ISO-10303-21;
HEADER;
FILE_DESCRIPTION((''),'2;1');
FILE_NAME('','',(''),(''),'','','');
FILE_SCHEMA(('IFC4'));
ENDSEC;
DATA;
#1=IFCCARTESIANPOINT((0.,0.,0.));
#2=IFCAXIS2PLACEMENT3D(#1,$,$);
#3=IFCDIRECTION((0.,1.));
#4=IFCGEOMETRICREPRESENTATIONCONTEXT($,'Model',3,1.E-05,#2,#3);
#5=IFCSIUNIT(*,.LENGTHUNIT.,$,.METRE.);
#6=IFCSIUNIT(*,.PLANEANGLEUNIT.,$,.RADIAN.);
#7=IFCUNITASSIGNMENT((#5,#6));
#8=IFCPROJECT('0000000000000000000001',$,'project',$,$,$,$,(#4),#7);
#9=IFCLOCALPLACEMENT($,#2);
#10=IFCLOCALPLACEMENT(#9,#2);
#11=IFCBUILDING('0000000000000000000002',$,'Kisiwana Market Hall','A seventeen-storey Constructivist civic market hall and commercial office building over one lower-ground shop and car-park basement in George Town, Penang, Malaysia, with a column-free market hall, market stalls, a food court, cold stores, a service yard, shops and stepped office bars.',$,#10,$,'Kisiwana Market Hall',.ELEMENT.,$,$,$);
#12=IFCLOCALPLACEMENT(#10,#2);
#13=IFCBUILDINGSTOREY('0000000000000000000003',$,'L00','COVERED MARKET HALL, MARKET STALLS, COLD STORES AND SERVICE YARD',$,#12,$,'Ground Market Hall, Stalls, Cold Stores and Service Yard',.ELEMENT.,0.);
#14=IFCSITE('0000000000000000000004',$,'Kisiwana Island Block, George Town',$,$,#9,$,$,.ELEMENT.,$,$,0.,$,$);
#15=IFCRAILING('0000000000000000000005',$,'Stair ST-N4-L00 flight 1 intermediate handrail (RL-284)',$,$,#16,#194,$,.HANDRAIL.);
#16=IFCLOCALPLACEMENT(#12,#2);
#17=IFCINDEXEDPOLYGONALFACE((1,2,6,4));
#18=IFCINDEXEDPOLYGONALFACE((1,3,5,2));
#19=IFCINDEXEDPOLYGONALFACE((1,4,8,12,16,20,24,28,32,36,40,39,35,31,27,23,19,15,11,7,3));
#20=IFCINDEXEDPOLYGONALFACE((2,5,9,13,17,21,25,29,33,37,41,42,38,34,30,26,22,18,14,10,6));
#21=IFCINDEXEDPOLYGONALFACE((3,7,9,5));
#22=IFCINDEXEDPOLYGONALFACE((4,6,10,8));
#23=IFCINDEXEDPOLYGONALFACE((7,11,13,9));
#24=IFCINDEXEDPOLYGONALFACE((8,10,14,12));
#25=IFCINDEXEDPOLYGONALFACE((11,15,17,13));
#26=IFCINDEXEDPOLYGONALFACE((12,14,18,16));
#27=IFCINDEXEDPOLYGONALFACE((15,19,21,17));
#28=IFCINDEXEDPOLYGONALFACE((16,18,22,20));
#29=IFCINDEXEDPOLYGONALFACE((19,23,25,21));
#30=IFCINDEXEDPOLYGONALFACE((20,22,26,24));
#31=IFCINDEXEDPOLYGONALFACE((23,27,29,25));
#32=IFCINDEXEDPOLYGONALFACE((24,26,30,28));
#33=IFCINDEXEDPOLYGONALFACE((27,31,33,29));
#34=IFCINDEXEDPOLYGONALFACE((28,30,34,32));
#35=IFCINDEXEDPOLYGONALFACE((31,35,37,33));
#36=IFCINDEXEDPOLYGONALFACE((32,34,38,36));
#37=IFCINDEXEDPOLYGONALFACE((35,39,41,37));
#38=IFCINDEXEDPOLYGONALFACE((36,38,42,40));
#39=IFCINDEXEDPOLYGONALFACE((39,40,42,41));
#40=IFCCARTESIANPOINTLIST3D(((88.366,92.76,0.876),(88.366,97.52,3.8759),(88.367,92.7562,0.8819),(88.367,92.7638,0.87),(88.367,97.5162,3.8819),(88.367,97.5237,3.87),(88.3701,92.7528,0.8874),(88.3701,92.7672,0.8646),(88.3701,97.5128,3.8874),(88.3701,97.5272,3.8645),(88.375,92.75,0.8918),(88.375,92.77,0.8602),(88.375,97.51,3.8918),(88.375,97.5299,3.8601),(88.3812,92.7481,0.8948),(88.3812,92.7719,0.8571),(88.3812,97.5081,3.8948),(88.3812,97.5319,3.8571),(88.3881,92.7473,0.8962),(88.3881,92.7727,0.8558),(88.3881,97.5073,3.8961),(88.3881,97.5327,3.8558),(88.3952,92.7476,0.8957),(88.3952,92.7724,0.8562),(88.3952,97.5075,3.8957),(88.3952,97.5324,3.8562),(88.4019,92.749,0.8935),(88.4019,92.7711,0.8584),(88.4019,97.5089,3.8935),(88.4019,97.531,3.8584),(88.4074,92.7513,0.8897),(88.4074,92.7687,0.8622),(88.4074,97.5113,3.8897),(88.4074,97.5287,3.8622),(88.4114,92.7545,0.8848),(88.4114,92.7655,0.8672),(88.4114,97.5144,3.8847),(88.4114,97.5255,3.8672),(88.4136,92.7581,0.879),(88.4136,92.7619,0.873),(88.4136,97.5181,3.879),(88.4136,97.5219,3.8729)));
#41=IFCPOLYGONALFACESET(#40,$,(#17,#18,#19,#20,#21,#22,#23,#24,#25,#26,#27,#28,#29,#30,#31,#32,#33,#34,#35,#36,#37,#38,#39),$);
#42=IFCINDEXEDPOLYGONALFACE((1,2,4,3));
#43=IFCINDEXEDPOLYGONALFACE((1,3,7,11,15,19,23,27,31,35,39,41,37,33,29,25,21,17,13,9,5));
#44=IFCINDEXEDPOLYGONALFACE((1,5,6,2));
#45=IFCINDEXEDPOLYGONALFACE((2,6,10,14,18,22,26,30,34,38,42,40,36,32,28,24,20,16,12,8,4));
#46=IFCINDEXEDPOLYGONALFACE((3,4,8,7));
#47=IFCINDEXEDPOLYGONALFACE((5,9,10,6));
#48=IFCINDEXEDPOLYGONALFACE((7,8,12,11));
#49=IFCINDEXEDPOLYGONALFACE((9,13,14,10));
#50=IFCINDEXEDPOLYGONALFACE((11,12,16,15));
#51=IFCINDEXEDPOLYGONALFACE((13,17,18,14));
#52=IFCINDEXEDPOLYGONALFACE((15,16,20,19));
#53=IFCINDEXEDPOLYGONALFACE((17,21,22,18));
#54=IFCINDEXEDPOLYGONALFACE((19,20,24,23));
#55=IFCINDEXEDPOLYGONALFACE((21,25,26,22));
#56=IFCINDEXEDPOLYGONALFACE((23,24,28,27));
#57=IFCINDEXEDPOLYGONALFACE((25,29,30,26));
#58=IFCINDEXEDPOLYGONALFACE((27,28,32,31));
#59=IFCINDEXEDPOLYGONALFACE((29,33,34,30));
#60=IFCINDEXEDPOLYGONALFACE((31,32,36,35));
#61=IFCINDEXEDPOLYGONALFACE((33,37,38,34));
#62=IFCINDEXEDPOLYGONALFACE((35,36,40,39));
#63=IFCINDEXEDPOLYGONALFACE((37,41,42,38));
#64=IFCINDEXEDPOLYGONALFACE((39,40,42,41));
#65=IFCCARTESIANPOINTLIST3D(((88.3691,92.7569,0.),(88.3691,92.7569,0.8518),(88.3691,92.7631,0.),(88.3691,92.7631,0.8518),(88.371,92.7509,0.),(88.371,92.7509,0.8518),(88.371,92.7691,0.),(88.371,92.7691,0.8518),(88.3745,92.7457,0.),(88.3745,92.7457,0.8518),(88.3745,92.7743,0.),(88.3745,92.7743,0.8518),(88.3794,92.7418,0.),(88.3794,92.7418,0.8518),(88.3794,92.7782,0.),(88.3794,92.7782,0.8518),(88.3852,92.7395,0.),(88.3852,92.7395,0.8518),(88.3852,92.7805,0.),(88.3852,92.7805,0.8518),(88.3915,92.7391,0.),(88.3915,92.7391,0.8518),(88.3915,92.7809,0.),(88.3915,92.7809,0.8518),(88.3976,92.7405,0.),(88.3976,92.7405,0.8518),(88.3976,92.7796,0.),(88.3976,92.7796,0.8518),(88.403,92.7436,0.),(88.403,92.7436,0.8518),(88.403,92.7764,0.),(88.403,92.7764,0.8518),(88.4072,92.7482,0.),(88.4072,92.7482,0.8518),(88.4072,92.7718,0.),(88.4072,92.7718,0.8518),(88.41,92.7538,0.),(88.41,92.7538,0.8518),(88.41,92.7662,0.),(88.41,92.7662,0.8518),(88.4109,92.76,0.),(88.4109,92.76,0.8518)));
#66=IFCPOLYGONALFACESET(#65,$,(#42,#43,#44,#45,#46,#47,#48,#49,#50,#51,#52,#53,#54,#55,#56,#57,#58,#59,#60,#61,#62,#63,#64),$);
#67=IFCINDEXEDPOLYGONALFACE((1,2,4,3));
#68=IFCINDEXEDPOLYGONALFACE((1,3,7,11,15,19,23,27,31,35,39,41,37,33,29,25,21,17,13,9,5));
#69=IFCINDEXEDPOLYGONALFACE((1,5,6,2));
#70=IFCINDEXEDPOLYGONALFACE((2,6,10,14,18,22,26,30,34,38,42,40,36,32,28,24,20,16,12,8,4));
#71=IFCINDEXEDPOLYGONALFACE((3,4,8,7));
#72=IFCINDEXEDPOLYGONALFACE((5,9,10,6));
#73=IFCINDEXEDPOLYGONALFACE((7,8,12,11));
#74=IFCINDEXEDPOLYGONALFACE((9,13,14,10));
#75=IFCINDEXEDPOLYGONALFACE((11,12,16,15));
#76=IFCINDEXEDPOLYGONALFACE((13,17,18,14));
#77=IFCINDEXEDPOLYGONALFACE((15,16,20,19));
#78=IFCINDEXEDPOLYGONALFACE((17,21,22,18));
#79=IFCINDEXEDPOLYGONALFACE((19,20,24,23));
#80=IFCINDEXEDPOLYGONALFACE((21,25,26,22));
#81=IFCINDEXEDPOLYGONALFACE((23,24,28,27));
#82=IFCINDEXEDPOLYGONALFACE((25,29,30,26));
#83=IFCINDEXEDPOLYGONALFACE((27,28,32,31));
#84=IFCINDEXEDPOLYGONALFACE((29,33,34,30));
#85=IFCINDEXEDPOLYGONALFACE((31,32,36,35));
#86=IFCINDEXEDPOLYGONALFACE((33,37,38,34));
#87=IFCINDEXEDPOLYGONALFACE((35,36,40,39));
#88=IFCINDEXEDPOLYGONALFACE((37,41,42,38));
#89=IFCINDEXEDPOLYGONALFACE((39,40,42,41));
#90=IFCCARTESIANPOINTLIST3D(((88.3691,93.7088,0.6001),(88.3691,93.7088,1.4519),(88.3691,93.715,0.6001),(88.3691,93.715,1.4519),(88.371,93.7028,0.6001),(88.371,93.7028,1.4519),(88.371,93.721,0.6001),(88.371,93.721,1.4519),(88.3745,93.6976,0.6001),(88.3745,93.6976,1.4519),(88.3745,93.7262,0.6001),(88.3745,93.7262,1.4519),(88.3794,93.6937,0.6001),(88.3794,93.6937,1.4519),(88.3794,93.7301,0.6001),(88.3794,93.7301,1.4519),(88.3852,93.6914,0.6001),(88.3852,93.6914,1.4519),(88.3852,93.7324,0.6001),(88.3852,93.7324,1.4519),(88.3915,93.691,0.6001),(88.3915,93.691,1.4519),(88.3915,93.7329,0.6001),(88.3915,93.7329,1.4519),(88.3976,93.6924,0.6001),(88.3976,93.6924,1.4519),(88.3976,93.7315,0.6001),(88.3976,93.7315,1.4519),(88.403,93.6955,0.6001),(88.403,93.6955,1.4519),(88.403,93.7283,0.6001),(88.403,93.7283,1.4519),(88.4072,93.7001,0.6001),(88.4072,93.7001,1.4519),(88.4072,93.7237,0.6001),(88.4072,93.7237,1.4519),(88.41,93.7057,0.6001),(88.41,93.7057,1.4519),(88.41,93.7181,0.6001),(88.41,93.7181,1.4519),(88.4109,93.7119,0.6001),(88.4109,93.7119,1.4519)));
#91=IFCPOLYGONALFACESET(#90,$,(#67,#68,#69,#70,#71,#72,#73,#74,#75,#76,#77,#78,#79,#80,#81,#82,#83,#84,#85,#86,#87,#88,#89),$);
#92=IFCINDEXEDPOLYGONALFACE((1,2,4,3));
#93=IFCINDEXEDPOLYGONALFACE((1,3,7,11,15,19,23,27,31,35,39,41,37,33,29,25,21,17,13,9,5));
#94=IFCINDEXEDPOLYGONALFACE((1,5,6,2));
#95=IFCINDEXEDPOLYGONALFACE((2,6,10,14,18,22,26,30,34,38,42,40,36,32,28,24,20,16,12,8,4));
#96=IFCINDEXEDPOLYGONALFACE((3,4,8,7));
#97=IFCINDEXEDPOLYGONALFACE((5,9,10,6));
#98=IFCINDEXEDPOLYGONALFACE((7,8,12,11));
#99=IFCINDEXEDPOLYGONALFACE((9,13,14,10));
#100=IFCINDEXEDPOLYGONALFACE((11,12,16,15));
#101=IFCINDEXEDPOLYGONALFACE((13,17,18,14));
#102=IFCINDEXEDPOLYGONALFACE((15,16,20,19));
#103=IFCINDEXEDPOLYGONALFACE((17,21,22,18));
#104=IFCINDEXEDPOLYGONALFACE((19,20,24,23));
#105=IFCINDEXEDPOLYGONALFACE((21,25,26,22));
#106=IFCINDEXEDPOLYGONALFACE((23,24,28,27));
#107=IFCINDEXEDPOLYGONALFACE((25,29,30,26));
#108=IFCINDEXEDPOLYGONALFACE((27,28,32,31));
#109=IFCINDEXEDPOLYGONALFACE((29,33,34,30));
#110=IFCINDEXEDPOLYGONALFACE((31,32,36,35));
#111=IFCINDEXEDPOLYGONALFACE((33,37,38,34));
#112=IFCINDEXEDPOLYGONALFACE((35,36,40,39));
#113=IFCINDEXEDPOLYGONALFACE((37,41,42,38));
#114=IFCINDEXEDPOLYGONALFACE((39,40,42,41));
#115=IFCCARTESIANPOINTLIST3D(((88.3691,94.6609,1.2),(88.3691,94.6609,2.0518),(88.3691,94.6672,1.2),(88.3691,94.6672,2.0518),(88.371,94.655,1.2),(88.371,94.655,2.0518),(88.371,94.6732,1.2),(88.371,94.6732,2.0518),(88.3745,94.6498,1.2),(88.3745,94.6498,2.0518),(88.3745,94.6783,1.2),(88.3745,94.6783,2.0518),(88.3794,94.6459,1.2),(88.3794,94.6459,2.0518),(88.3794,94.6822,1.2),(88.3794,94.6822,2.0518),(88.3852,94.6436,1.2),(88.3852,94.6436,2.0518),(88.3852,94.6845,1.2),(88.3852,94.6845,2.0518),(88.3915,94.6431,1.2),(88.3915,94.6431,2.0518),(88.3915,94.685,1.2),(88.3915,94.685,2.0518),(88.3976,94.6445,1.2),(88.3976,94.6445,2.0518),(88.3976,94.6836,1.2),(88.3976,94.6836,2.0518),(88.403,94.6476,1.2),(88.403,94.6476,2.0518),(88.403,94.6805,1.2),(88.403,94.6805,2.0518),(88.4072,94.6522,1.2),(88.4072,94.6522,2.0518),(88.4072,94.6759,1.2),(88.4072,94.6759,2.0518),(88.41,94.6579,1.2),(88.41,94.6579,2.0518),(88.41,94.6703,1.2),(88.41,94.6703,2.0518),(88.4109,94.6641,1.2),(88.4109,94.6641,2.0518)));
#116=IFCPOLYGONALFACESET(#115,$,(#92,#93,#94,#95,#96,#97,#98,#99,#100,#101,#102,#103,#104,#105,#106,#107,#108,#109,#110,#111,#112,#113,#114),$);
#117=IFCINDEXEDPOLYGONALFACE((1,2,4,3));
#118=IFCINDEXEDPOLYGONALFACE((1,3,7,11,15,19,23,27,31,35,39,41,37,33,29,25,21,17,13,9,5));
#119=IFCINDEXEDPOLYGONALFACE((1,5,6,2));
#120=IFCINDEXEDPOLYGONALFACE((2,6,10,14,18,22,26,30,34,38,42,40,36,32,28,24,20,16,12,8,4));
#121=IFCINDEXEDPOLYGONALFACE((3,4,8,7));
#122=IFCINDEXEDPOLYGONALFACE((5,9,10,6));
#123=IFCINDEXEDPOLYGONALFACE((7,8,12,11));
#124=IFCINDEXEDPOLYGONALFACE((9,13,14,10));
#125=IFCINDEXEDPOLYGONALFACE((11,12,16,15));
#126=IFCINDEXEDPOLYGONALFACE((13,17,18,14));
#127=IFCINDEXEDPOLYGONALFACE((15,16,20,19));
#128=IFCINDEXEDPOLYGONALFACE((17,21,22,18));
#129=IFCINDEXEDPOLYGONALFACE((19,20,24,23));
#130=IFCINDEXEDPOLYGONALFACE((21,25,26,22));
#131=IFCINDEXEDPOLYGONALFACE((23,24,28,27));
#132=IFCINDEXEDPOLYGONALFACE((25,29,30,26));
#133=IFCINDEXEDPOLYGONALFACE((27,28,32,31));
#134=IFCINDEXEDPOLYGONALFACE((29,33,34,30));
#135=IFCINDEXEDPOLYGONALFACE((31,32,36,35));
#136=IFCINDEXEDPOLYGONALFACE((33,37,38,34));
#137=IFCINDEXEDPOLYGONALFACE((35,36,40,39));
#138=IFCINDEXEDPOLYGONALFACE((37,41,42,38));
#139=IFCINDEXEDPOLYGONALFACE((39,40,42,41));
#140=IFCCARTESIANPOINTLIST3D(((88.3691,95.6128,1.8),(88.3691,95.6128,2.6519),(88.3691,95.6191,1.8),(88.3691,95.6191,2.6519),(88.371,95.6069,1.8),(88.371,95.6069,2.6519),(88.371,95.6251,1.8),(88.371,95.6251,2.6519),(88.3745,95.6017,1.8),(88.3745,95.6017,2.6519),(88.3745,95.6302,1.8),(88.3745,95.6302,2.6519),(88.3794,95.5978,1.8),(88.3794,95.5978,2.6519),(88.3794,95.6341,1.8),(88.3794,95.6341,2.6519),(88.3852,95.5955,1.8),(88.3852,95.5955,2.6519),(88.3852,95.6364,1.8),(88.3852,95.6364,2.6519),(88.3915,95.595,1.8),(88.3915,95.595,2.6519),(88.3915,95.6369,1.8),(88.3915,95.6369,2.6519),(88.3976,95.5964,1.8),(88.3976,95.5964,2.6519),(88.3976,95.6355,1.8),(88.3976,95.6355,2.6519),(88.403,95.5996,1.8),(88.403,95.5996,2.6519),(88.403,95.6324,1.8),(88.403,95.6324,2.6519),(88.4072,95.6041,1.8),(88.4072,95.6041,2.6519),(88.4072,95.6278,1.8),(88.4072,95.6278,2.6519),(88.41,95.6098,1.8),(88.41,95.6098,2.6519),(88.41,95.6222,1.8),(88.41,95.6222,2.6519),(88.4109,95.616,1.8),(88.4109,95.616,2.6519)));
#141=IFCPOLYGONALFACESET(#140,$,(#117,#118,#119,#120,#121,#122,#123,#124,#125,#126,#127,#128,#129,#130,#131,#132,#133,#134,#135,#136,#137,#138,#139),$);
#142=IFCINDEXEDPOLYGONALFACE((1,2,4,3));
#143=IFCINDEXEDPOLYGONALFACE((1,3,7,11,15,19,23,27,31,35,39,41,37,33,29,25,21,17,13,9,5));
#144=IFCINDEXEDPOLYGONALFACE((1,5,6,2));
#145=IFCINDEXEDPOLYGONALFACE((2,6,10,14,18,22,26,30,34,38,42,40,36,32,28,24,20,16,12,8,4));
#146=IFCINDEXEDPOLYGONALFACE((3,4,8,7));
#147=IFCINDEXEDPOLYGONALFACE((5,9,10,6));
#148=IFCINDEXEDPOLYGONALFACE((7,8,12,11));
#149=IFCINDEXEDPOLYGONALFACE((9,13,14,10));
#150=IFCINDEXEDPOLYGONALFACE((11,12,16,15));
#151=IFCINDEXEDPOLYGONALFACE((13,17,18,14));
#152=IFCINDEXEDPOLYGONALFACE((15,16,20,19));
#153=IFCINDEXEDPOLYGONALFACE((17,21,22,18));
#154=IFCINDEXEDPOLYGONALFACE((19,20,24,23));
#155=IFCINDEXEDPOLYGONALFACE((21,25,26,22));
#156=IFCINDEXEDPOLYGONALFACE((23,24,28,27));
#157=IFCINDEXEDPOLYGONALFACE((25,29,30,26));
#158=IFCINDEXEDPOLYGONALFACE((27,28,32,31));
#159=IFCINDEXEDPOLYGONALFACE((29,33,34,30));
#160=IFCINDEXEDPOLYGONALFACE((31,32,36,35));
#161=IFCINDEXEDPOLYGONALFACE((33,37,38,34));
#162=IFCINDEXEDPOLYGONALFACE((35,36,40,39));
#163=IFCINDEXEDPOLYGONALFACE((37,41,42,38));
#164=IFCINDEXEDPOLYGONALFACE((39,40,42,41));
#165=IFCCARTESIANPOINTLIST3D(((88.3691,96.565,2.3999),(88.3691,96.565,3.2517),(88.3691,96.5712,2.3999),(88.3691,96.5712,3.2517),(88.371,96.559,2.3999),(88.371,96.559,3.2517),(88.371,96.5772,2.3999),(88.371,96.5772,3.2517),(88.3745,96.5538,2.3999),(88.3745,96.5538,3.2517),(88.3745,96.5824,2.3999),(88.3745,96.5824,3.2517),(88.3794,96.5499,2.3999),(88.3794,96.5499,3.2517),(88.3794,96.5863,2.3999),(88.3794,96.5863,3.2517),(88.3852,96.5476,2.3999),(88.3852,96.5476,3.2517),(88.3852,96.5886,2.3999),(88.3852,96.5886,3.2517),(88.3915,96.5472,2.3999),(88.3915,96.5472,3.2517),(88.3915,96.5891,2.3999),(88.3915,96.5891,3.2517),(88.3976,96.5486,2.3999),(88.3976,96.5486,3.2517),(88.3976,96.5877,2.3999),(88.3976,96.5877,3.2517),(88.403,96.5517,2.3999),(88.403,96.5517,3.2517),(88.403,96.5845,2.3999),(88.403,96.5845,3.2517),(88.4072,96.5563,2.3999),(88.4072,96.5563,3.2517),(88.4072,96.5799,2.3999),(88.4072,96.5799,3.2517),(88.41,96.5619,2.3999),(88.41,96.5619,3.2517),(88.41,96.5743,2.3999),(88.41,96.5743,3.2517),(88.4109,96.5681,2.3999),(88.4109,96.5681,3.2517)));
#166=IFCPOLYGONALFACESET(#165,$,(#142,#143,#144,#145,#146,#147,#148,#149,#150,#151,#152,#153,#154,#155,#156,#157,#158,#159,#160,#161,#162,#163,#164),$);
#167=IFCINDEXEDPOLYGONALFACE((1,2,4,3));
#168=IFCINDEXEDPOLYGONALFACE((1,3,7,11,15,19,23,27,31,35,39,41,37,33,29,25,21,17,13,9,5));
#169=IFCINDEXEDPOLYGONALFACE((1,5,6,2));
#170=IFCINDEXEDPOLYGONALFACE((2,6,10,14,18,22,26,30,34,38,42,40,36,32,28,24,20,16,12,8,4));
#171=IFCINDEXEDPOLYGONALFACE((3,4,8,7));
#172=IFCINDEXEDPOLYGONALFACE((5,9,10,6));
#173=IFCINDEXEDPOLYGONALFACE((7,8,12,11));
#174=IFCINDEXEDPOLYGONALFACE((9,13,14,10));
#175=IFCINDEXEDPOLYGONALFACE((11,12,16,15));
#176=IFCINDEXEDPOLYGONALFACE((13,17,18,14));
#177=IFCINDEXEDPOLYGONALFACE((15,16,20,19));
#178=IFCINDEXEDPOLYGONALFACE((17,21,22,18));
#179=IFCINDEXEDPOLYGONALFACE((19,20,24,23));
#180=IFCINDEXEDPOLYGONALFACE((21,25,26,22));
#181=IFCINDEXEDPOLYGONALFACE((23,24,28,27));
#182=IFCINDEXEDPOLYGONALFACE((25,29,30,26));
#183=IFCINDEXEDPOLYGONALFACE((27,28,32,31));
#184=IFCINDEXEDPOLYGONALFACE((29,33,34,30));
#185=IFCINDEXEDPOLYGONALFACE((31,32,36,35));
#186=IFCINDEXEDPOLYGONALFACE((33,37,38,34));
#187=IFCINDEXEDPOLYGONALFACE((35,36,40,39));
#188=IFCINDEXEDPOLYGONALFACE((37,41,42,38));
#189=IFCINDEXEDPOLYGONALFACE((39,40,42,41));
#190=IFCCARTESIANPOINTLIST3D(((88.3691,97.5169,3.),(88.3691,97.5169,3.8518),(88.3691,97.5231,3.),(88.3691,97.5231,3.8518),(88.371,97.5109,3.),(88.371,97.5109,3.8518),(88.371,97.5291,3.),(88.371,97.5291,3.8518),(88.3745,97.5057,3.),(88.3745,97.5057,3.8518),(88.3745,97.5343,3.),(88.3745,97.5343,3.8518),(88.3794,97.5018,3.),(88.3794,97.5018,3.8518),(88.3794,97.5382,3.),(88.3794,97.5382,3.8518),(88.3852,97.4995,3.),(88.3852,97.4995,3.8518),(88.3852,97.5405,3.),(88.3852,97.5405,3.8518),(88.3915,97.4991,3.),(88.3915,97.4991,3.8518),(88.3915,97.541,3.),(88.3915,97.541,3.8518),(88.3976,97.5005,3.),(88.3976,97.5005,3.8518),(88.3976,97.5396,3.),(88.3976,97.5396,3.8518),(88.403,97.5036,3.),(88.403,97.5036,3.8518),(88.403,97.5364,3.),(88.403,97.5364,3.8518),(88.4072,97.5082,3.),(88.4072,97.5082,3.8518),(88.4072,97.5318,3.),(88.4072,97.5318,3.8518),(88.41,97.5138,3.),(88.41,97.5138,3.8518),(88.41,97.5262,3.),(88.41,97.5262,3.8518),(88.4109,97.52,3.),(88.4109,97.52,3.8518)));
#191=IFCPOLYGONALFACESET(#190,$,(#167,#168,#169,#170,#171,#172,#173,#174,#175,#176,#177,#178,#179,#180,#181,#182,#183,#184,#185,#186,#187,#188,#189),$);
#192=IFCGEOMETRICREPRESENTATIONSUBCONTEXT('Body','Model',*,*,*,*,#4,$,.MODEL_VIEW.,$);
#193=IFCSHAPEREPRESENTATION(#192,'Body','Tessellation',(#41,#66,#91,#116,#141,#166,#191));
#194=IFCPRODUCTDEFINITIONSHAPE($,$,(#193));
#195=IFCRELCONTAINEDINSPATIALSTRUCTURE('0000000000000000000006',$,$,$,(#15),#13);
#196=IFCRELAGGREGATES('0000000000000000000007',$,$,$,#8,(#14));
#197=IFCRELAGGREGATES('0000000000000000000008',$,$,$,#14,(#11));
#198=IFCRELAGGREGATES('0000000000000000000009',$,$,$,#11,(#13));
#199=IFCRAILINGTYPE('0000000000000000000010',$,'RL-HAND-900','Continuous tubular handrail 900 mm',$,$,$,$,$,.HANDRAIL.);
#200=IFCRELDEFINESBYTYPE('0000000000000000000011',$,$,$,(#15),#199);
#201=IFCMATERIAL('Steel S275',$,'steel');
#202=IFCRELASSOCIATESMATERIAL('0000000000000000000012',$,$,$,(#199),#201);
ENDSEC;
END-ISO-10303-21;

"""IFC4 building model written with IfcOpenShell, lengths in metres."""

from ifc_helpers import new_model, si_unit, direction, frame, origin, origin_2d, place, context, subcontext, project, spatial, circle, extrude, material, type_object, element, save


model = new_model("IFC4")

# Units and contexts
model_context = context("Model", 3, precision=1e-05, world=origin(), true_north=direction((0.0, 1.0)))
body_context = subcontext(model_context, "Body", "Model", "MODEL_VIEW")
ifc_project = project(units=[si_unit("LENGTHUNIT", "METRE"), si_unit("PLANEANGLEUNIT", "RADIAN")], contexts=[model_context])

# Site, building, storey
site_placement = place(None, origin())
site = spatial("IfcSite", under=ifc_project, at=site_placement, Name="Kisiwana Island Block, George Town", CompositionType="ELEMENT", RefElevation=0.0)
building_placement = place(site_placement, origin())
building = spatial("IfcBuilding", under=site, at=building_placement, Name="Kisiwana Market Hall", Description="A seventeen-storey Constructivist civic market hall and commercial office building over one lower-ground shop and car-park basement in George Town, Penang, Malaysia, with a column-free market hall, market stalls, a food court, cold stores, a service yard, shops and stepped office bars.", LongName="Kisiwana Market Hall", CompositionType="ELEMENT")
storey_placement = place(building_placement, origin())
storey = spatial("IfcBuildingStorey", under=building, at=storey_placement, Name="L00", Description="COVERED MARKET HALL, MARKET STALLS, COLD STORES AND SERVICE YARD", LongName="Ground Market Hall, Stalls, Cold Stores and Service Yard", CompositionType="ELEMENT", Elevation=0.0)

# Railing
ifc_material_1 = material(Name="Steel S275", Category="steel")
railing_type_1 = type_object("IfcRailingType", Name="RL-HAND-900", Description="Continuous tubular handrail 900 mm", PredefinedType="HANDRAIL", material=ifc_material_1)
railing_1_placement = place(storey_placement, frame((88.3899, 92.76, 0.0)))
element("IfcRailing", 1, at=railing_1_placement, inside=storey, type_object=railing_type_1, Name="Stair ST-N4-L00 flight 1 intermediate handrail (RL-284)", PredefinedType="HANDRAIL", context=body_context, shape_type="SweptSolid", body=[
    extrude(circle(Radius=0.0239, at=origin_2d()), frame((0.0, 0.0, 0.876), z_axis=(0.0, 0.845996, 0.53319), x_axis=(-1.0, 0.0, 0.0)), (0.0, 0.0, 1.0), 5.6265),
    extrude(circle(Radius=0.021, at=origin_2d()), origin(), (0.0, 0.0, 1.0), 0.8518),
    extrude(circle(Radius=0.021, at=origin_2d()), frame((0.0, 0.9519, 0.6001)), (0.0, 0.0, 1.0), 0.8518),
    extrude(circle(Radius=0.021, at=origin_2d()), frame((0.0, 1.9041, 1.2)), (0.0, 0.0, 1.0), 0.8518),
    extrude(circle(Radius=0.021, at=origin_2d()), frame((0.0, 2.856, 1.8)), (0.0, 0.0, 1.0), 0.8518),
    extrude(circle(Radius=0.021, at=origin_2d()), frame((0.0, 3.8081, 2.3999)), (0.0, 0.0, 1.0), 0.8518),
    extrude(circle(Radius=0.021, at=origin_2d()), frame((0.0, 4.76, 3.0)), (0.0, 0.0, 1.0), 0.8518),
])

save(model, "model.ifc")
